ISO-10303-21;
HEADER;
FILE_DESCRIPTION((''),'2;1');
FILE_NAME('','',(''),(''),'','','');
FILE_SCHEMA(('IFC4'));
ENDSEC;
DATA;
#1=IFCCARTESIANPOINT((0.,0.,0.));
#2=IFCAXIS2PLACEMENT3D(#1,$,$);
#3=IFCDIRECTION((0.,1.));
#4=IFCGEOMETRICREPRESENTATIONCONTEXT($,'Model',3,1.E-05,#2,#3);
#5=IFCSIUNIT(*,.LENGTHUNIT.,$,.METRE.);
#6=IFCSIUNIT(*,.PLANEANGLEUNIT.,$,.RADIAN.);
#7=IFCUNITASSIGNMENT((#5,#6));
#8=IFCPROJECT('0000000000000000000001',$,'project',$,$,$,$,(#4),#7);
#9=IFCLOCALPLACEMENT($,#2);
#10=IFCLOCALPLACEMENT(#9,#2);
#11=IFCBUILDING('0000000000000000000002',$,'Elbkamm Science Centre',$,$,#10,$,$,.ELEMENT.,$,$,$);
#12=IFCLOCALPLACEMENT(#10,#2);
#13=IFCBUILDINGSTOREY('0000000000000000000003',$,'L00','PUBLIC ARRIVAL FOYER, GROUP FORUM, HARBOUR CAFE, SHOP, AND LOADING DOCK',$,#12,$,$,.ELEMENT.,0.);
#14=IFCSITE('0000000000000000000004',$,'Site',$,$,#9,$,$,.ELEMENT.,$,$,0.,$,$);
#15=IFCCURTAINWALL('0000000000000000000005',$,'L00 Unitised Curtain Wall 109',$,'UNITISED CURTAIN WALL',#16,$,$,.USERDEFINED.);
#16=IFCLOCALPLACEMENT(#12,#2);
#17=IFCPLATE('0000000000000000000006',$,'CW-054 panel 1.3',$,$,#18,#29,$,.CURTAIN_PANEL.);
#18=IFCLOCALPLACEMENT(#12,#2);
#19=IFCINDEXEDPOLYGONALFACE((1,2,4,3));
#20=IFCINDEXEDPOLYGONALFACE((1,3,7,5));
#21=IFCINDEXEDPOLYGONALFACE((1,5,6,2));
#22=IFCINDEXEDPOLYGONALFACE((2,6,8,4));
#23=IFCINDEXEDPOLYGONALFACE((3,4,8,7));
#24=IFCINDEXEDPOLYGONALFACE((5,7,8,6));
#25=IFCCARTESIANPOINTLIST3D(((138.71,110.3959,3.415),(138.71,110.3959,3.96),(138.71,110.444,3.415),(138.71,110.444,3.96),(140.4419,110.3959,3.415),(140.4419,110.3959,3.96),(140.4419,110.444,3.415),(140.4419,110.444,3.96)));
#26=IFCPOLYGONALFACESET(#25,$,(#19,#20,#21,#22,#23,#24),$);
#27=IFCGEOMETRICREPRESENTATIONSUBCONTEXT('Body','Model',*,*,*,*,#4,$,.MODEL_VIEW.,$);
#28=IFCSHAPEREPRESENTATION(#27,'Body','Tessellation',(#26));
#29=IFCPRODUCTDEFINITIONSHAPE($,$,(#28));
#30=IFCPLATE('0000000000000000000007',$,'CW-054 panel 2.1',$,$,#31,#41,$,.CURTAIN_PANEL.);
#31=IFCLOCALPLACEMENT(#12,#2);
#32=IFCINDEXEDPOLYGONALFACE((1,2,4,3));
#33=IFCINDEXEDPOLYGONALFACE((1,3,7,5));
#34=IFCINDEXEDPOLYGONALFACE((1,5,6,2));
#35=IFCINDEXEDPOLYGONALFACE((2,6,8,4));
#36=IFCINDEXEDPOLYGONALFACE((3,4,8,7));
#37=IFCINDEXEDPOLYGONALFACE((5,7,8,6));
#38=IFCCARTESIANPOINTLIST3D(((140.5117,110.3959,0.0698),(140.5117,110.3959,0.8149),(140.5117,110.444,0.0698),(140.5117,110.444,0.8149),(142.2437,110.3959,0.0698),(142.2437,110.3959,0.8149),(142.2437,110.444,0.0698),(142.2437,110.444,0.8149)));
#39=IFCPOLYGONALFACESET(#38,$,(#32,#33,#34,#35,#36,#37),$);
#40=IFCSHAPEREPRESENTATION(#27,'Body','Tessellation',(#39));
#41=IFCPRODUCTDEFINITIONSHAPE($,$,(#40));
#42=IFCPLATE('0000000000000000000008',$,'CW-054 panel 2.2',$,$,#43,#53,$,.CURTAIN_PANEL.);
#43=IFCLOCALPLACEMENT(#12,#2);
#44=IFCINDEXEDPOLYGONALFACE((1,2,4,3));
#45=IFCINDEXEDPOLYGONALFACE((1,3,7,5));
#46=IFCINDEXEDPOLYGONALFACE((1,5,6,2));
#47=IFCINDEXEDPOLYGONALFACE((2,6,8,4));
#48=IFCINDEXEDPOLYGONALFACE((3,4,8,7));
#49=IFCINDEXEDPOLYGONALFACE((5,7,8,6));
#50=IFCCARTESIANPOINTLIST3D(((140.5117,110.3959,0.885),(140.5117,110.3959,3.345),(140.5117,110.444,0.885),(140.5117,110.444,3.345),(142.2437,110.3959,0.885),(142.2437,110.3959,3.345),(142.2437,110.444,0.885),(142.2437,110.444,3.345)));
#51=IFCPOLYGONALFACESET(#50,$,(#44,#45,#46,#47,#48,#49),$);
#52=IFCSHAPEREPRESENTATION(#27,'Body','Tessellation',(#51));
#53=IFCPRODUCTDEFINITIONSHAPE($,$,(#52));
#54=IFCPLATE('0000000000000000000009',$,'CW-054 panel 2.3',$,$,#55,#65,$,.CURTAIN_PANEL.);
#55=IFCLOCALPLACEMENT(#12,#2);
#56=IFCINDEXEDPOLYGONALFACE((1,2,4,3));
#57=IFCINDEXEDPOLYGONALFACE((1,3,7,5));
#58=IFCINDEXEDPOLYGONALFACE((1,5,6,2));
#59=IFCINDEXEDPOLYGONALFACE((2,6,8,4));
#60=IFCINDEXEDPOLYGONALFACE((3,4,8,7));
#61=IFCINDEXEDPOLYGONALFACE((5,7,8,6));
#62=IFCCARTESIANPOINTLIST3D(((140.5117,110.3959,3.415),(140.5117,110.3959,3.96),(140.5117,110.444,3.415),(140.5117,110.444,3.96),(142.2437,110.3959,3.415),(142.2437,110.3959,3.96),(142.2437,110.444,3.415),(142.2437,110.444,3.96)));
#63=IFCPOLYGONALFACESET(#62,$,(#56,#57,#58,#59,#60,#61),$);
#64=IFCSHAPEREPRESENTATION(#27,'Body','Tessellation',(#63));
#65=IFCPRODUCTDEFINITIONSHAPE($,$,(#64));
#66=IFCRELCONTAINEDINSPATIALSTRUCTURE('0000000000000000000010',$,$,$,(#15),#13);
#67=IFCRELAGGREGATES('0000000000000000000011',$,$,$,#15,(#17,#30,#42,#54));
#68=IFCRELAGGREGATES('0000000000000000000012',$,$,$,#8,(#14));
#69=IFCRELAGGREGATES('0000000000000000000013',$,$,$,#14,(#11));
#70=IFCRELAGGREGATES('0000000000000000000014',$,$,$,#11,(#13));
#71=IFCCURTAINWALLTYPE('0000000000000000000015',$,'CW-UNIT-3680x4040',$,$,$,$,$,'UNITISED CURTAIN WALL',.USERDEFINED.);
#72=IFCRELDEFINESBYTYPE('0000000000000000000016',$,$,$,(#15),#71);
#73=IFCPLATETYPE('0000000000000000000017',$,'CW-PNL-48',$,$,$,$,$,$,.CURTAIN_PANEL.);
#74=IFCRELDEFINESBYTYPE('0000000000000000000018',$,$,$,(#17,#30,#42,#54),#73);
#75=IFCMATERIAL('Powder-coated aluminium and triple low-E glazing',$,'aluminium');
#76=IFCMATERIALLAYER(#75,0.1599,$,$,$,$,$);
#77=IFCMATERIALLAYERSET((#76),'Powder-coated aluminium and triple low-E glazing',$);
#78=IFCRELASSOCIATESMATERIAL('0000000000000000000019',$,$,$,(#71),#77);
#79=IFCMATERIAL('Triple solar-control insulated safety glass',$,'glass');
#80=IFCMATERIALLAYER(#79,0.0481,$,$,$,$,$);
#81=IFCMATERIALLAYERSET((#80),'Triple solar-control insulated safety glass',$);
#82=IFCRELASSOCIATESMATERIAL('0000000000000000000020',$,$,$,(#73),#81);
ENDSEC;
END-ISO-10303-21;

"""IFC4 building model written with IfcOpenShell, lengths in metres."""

from ifc_helpers import new_model, si_unit, direction, frame, origin, origin_2d, place, context, subcontext, project, spatial, rectangle, extrude, material, layer, layer_set, type_object, element, aggregate, save


model = new_model("IFC4")

# Units and contexts
model_context = context("Model", 3, precision=1e-05, world=origin(), true_north=direction((0.0, 1.0)))
body_context = subcontext(model_context, "Body", "Model", "MODEL_VIEW")
ifc_project = project(units=[si_unit("LENGTHUNIT", "METRE"), si_unit("PLANEANGLEUNIT", "RADIAN")], contexts=[model_context])

# Site, building, storey
site_placement = place(None, origin())
site = spatial("IfcSite", under=ifc_project, at=site_placement, Name="Site", CompositionType="ELEMENT", RefElevation=0.0)
building_placement = place(site_placement, origin())
building = spatial("IfcBuilding", under=site, at=building_placement, Name="Elbkamm Science Centre", CompositionType="ELEMENT")
storey_placement = place(building_placement, origin())
storey = spatial("IfcBuildingStorey", under=building, at=storey_placement, Name="L00", Description="PUBLIC ARRIVAL FOYER, GROUP FORUM, HARBOUR CAFE, SHOP, AND LOADING DOCK", CompositionType="ELEMENT", Elevation=0.0)

# Curtain wall
ifc_material_1 = material(Name="Powder-coated aluminium and triple low-E glazing", Category="aluminium")
ifc_layer_1 = layer(ifc_material_1, 0.1599)
ifc_layer_set_1 = layer_set([ifc_layer_1], Name="Powder-coated aluminium and triple low-E glazing")
curtain_wall_type = type_object("IfcCurtainWallType", Name="CW-UNIT-3680x4040", ElementType="UNITISED CURTAIN WALL", PredefinedType="USERDEFINED", material=ifc_layer_set_1)
curtain_wall_1_placement = place(storey_placement, origin())
curtain_wall_1 = element("IfcCurtainWall", 1, at=curtain_wall_1_placement, inside=storey, type_object=curtain_wall_type, Name="L00 Unitised Curtain Wall 109", ObjectType="UNITISED CURTAIN WALL", PredefinedType="USERDEFINED")

# Plates
ifc_material_2 = material(Name="Triple solar-control insulated safety glass", Category="glass")
ifc_layer_2 = layer(ifc_material_2, 0.0481)
ifc_layer_set_2 = layer_set([ifc_layer_2], Name="Triple solar-control insulated safety glass")
plate_type = type_object("IfcPlateType", Name="CW-PNL-48", PredefinedType="CURTAIN_PANEL", material=ifc_layer_set_2)
plate_1_placement = place(storey_placement, frame((139.5759, 110.4199, 3.415), z_axis=(0.0, 0.0, 1.0), x_axis=(1.0, 0.0, 0.0)))
plate_1 = element("IfcPlate", 2, at=plate_1_placement, type_object=plate_type, Name="CW-054 panel 1.3", PredefinedType="CURTAIN_PANEL", context=body_context, shape_type="SweptSolid", body=[
    extrude(rectangle(XDim=1.7319, YDim=0.0481, at=origin_2d()), origin(), (0.0, 0.0, 1.0), 0.5449),
])
plate_2_placement = place(storey_placement, frame((141.3777, 110.4199, 0.0698), z_axis=(0.0, 0.0, 1.0), x_axis=(1.0, 0.0, 0.0)))
plate_2 = element("IfcPlate", 3, at=plate_2_placement, type_object=plate_type, Name="CW-054 panel 2.1", PredefinedType="CURTAIN_PANEL", context=body_context, shape_type="SweptSolid", body=[
    extrude(rectangle(XDim=1.7319, YDim=0.0481, at=origin_2d()), origin(), (0.0, 0.0, 1.0), 0.7451),
])
plate_3_placement = place(storey_placement, frame((141.3777, 110.4199, 0.885), z_axis=(0.0, 0.0, 1.0), x_axis=(1.0, 0.0, 0.0)))
plate_3 = element("IfcPlate", 4, at=plate_3_placement, type_object=plate_type, Name="CW-054 panel 2.2", PredefinedType="CURTAIN_PANEL", context=body_context, shape_type="SweptSolid", body=[
    extrude(rectangle(XDim=1.7319, YDim=0.0481, at=origin_2d()), origin(), (0.0, 0.0, 1.0), 2.46),
])
plate_4_placement = place(storey_placement, frame((141.3777, 110.4199, 3.415), z_axis=(0.0, 0.0, 1.0), x_axis=(1.0, 0.0, 0.0)))
plate_4 = element("IfcPlate", 5, at=plate_4_placement, type_object=plate_type, Name="CW-054 panel 2.3", PredefinedType="CURTAIN_PANEL", context=body_context, shape_type="SweptSolid", body=[
    extrude(rectangle(XDim=1.7319, YDim=0.0481, at=origin_2d()), origin(), (0.0, 0.0, 1.0), 0.5449),
])
aggregate(curtain_wall_1, [plate_1, plate_2, plate_3, plate_4])

save(model, "model.ifc")
